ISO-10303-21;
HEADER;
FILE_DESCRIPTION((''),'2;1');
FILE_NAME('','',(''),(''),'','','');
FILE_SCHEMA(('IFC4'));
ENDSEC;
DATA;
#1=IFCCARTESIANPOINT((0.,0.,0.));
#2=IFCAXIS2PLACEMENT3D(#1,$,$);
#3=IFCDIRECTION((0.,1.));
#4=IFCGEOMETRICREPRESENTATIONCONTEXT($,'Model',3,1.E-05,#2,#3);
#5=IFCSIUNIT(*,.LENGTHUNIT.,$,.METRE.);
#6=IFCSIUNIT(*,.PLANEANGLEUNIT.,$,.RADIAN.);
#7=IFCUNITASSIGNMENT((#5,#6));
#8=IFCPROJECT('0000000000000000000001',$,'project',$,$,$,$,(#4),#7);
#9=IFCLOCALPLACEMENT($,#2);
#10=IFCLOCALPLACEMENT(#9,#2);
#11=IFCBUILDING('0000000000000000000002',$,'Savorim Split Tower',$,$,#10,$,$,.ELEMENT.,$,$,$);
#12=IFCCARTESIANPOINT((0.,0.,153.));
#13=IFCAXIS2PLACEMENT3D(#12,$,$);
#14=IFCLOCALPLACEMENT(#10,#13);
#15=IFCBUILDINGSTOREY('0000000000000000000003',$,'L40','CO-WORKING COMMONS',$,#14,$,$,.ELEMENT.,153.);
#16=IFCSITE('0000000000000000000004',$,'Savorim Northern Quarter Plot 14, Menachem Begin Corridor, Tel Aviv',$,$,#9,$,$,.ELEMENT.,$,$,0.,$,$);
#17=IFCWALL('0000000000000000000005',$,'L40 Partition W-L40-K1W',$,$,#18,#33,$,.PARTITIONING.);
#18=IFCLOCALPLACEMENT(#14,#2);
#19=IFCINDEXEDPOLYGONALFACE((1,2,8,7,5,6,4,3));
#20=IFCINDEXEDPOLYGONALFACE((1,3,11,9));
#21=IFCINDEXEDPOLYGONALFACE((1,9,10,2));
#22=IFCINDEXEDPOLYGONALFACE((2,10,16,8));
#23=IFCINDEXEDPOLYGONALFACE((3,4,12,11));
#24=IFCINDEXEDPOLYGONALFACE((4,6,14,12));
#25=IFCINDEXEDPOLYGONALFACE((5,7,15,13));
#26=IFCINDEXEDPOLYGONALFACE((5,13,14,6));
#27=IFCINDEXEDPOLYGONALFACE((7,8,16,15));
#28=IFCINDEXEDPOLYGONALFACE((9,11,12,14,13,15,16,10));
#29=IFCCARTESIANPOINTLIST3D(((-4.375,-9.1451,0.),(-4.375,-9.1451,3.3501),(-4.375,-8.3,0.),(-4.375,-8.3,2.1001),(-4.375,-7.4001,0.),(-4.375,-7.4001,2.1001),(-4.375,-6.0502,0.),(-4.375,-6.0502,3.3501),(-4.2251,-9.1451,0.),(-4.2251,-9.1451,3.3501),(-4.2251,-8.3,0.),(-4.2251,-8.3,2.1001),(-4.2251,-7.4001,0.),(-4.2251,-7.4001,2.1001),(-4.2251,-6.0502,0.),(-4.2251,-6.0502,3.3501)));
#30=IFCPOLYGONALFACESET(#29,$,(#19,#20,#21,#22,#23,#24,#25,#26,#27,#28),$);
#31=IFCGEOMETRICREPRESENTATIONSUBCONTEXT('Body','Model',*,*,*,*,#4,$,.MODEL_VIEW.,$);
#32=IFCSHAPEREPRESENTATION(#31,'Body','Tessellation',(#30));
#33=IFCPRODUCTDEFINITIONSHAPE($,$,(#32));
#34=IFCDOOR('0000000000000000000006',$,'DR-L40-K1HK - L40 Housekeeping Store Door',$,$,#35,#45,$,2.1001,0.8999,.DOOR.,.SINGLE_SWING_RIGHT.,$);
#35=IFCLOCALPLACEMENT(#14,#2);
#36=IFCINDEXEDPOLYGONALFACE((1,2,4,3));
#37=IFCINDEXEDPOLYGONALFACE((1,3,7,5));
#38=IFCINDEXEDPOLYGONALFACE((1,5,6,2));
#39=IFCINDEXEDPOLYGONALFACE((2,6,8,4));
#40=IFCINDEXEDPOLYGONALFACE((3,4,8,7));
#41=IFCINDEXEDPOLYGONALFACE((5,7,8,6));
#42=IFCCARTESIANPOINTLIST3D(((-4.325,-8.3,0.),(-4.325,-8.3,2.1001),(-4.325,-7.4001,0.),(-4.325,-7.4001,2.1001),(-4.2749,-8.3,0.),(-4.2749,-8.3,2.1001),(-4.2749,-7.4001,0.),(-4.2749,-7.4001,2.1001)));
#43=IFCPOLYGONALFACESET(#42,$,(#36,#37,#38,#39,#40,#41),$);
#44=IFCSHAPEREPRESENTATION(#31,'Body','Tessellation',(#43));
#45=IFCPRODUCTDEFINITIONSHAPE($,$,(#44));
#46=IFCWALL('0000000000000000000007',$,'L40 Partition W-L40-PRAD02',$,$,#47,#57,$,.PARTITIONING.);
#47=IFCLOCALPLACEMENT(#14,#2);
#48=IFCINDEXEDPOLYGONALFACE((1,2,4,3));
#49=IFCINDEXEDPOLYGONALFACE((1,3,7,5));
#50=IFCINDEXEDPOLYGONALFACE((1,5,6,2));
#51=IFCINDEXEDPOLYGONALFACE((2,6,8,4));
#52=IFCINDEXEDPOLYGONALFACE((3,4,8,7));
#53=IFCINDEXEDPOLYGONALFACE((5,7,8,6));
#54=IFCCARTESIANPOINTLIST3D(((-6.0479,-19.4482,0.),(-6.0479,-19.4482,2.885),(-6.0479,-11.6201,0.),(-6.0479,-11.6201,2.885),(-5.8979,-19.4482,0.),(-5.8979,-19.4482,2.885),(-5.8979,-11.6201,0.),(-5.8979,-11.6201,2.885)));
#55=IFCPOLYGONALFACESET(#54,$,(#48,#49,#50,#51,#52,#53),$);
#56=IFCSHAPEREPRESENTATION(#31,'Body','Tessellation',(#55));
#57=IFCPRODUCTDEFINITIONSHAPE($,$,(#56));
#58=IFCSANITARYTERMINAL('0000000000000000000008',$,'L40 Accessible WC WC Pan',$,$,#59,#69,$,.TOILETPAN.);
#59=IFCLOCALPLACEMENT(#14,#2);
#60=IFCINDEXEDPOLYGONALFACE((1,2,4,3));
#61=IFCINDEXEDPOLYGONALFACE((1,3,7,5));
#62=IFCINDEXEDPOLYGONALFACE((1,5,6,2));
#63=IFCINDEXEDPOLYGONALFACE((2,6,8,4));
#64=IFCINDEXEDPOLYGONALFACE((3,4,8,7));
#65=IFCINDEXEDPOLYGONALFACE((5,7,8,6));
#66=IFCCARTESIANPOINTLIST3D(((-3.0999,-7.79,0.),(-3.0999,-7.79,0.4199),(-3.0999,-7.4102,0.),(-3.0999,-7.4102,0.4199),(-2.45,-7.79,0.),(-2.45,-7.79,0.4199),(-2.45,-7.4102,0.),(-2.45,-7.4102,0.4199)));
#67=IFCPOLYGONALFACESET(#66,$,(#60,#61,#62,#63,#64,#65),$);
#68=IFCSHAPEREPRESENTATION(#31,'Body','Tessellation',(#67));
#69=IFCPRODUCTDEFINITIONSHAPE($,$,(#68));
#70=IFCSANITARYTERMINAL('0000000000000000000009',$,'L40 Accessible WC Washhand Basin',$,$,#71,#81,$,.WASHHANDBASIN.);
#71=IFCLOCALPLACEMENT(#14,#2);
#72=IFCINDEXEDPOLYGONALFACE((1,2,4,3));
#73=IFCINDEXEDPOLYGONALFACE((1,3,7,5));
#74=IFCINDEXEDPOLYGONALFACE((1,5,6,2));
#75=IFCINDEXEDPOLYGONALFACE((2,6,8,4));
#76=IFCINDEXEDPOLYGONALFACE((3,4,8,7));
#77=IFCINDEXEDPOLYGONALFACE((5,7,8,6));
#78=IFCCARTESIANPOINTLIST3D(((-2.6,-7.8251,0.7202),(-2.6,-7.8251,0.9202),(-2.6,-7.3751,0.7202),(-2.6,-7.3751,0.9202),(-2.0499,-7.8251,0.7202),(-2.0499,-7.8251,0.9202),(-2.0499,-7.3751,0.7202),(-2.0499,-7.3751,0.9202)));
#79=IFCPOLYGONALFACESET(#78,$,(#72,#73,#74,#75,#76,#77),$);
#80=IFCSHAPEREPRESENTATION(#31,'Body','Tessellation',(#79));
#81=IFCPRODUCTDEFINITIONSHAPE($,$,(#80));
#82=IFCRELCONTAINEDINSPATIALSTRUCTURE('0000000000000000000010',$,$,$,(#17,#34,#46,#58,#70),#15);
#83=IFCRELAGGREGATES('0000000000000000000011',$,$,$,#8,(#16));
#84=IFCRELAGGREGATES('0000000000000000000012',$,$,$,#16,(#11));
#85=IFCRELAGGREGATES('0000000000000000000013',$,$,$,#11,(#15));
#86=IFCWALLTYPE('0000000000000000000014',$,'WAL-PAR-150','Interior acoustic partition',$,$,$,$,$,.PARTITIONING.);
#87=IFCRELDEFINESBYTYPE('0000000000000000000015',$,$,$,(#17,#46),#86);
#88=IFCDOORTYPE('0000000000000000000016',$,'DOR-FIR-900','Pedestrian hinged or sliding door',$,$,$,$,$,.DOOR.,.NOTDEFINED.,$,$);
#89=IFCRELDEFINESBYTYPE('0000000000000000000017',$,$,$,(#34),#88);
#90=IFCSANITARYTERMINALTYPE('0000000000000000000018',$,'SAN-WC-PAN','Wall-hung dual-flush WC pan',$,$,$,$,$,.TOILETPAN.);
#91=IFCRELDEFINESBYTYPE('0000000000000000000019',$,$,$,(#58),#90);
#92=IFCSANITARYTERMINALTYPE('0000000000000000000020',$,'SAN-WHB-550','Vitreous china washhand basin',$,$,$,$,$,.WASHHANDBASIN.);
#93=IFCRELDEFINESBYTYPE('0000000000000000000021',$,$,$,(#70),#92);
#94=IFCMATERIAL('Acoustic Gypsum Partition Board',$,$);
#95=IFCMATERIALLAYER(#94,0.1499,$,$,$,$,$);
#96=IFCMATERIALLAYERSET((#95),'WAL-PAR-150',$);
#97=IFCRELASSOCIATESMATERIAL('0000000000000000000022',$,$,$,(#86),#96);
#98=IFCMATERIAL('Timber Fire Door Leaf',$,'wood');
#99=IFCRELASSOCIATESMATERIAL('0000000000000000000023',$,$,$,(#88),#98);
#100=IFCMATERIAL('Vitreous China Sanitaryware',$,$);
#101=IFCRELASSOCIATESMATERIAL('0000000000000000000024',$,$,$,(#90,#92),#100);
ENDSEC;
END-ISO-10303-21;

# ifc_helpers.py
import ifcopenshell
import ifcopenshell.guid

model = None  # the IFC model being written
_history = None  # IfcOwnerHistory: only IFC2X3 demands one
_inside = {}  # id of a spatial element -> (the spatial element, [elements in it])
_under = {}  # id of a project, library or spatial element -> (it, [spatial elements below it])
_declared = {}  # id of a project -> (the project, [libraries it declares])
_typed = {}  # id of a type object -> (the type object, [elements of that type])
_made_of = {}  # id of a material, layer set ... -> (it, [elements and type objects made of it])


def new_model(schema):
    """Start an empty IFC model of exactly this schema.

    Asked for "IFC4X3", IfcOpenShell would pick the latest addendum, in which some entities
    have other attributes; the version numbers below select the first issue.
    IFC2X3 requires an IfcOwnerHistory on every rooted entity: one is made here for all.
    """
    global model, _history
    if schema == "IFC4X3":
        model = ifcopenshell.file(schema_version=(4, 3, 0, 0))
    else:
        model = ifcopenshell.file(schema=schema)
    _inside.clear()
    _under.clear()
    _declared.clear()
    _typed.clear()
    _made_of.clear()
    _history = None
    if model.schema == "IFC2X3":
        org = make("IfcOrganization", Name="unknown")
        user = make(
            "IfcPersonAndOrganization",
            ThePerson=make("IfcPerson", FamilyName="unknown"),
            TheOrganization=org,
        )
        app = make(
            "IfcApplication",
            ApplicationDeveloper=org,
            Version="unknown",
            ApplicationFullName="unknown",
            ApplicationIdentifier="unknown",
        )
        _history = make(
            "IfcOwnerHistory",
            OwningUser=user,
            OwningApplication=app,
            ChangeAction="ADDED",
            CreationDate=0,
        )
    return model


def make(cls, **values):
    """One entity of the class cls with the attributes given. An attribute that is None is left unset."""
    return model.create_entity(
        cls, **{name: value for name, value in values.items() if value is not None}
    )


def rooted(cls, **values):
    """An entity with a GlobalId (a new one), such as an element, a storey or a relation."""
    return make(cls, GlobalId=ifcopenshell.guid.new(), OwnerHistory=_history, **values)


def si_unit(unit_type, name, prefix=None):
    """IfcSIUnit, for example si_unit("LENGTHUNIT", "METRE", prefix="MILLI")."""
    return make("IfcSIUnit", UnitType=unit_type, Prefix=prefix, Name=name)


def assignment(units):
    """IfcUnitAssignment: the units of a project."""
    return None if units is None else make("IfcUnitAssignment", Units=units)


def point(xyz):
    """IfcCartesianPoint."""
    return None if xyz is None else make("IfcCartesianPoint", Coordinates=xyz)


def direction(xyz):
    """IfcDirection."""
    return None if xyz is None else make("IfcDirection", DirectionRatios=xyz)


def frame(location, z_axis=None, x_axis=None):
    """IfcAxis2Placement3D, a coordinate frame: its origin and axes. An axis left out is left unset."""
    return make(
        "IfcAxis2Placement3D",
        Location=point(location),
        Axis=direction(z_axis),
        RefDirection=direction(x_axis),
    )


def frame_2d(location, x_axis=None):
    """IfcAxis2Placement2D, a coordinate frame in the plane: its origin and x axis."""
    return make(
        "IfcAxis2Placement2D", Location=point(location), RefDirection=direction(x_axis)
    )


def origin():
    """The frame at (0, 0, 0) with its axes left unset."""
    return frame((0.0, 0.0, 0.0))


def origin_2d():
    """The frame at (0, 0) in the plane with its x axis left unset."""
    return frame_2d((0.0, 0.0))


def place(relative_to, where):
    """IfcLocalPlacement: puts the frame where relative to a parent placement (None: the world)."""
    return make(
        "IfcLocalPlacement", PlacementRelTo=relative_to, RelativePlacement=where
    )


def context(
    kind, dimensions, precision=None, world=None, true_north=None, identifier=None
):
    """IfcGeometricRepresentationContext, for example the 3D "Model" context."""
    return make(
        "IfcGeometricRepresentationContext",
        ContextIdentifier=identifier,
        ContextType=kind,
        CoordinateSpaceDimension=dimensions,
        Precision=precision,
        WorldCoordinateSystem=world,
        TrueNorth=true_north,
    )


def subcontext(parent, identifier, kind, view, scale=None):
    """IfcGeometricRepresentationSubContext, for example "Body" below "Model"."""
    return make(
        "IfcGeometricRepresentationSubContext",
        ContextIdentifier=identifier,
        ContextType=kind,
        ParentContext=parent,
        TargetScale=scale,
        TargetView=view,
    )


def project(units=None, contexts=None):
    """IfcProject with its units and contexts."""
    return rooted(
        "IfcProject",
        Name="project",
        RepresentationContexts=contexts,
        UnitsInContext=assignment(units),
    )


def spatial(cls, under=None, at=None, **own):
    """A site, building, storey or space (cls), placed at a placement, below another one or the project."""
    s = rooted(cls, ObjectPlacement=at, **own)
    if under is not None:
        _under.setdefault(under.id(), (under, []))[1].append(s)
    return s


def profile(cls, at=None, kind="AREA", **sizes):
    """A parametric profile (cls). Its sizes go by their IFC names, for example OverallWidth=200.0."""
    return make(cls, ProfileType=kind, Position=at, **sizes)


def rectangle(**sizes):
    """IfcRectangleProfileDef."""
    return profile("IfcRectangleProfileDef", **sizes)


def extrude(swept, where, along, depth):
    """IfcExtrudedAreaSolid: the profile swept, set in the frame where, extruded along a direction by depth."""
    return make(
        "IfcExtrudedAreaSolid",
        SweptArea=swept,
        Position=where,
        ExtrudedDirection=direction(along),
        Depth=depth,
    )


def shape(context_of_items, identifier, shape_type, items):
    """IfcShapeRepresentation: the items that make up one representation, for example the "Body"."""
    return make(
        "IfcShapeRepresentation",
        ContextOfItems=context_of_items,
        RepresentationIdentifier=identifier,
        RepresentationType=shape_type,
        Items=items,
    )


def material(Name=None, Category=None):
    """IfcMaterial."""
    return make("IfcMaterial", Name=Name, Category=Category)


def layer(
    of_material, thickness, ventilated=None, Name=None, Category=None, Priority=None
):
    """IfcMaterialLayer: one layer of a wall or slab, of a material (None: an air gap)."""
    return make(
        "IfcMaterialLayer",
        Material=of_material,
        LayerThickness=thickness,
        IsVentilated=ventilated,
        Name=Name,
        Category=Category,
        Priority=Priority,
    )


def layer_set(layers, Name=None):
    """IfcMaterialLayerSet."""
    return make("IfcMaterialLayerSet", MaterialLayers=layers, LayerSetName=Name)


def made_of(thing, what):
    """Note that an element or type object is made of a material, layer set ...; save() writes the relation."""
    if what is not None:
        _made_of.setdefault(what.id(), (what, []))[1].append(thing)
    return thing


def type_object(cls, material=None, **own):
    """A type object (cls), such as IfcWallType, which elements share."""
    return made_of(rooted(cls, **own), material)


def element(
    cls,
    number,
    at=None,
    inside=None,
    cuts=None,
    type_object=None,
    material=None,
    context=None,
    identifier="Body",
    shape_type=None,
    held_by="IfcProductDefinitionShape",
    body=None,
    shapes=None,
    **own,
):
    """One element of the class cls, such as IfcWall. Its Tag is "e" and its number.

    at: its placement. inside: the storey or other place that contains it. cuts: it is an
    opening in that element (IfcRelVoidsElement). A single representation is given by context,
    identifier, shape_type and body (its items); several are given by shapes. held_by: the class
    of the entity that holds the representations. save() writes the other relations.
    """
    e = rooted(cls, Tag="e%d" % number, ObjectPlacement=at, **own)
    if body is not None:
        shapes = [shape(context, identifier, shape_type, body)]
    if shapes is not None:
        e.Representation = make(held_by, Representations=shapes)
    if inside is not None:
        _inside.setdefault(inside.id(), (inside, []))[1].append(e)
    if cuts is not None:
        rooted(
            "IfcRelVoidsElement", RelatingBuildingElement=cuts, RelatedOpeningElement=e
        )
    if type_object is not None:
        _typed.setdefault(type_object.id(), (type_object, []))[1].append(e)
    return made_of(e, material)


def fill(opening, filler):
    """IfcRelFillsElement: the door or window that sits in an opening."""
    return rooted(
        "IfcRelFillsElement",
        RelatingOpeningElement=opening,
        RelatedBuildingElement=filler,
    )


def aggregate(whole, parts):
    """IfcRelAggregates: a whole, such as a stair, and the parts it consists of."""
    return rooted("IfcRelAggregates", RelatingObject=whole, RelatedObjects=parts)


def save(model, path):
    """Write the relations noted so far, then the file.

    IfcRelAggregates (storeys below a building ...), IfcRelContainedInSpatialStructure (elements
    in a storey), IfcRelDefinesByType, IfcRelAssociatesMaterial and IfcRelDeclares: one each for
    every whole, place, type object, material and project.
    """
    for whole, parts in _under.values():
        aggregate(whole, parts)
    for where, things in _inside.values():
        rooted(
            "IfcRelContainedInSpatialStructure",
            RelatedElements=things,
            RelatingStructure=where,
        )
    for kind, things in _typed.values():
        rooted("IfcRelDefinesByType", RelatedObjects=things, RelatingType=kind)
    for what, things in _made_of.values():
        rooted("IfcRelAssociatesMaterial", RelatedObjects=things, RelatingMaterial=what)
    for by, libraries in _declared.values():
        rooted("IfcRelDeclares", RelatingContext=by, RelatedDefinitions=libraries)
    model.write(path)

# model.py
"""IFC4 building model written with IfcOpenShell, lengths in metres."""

from ifc_helpers import new_model, si_unit, direction, frame, frame_2d, origin, origin_2d, place, context, subcontext, project, spatial, rectangle, extrude, material, layer, layer_set, type_object, element, fill, save


model = new_model("IFC4")

# Units and contexts
model_context = context("Model", 3, precision=1e-05, world=origin(), true_north=direction((0.0, 1.0)))
body_context = subcontext(model_context, "Body", "Model", "MODEL_VIEW")
ifc_project = project(units=[si_unit("LENGTHUNIT", "METRE"), si_unit("PLANEANGLEUNIT", "RADIAN")], contexts=[model_context])

# Site, building, storey
site_placement = place(None, origin())
site = spatial("IfcSite", under=ifc_project, at=site_placement, Name="Savorim Northern Quarter Plot 14, Menachem Begin Corridor, Tel Aviv", CompositionType="ELEMENT", RefElevation=0.0)
building_placement = place(site_placement, origin())
building = spatial("IfcBuilding", under=site, at=building_placement, Name="Savorim Split Tower", CompositionType="ELEMENT")
storey_placement = place(building_placement, frame((0.0, 0.0, 153.0)))
storey = spatial("IfcBuildingStorey", under=building, at=storey_placement, Name="L40", Description="CO-WORKING COMMONS", CompositionType="ELEMENT", Elevation=153.0)

# Wall, opening, door
ifc_material_1 = material(Name="Acoustic Gypsum Partition Board")
ifc_layer_1 = layer(ifc_material_1, 0.1499)
ifc_layer_set_1 = layer_set([ifc_layer_1], Name="WAL-PAR-150")
wall_type_1 = type_object("IfcWallType", Name="WAL-PAR-150", Description="Interior acoustic partition", PredefinedType="PARTITIONING", material=ifc_layer_set_1)
wall_1_placement = place(storey_placement, frame((-4.3, -9.145, 0.0), z_axis=(0.0, 0.0, 1.0), x_axis=(0.0, 1.0, 0.0)))
wall_1 = element("IfcWall", 1, at=wall_1_placement, inside=storey, type_object=wall_type_1, Name="L40 Partition W-L40-K1W", PredefinedType="PARTITIONING", context=body_context, shape_type="SweptSolid", body=[
    extrude(rectangle(XDim=3.095, YDim=0.1499, at=frame_2d((1.5474, 0.0))), origin(), (0.0, 0.0, 1.0), 3.3501),
])
opening_1_placement = place(wall_1_placement, frame((0.845, 0.0, 0.0)))
opening_1 = element("IfcOpeningElement", 2, at=opening_1_placement, cuts=wall_1, PredefinedType="OPENING", context=body_context, shape_type="SweptSolid", body=[
    extrude(rectangle(XDim=0.8999, YDim=2.1001, at=frame_2d((0.45, 1.05))), frame((0.0, 0.085, 0.0), z_axis=(0.0, -1.0, 0.0), x_axis=(1.0, 0.0, 0.0)), (0.0, 0.0, 1.0), 0.1699),
])
ifc_material_2 = material(Name="Timber Fire Door Leaf", Category="wood")
door_type_1 = type_object("IfcDoorType", Name="DOR-FIR-900", Description="Pedestrian hinged or sliding door", OperationType="NOTDEFINED", PredefinedType="DOOR", material=ifc_material_2)
door_1_placement = place(opening_1_placement, origin())
door_1 = element("IfcDoor", 3, at=door_1_placement, inside=storey, type_object=door_type_1, Name="DR-L40-K1HK - L40 Housekeeping Store Door", OperationType="SINGLE_SWING_RIGHT", OverallHeight=2.1001, OverallWidth=0.8999, PredefinedType="DOOR", context=body_context, shape_type="SweptSolid", body=[
    extrude(rectangle(XDim=0.8999, YDim=2.1001, at=frame_2d((0.45, 1.05))), frame((0.0, 0.0249, 0.0), z_axis=(0.0, -1.0, 0.0), x_axis=(1.0, 0.0, 0.0)), (0.0, 0.0, 1.0), 0.05),
])
fill(opening_1, door_1)

# Wall
wall_2_placement = place(storey_placement, frame((-5.9729, -11.6201, 0.0), z_axis=(0.0, 0.0, 1.0), x_axis=(0.0, -1.0, 0.0)))
element("IfcWall", 4, at=wall_2_placement, inside=storey, type_object=wall_type_1, Name="L40 Partition W-L40-PRAD02", PredefinedType="PARTITIONING", context=body_context, shape_type="SweptSolid", body=[
    extrude(rectangle(XDim=7.8281, YDim=0.1499, at=frame_2d((3.9141, 0.0))), origin(), (0.0, 0.0, 1.0), 2.885),
])

# Sanitary terminals
ifc_material_3 = material(Name="Vitreous China Sanitaryware")
sanitary_terminal_type_1 = type_object("IfcSanitaryTerminalType", Name="SAN-WC-PAN", Description="Wall-hung dual-flush WC pan", PredefinedType="TOILETPAN", material=ifc_material_3)
sanitary_terminal_1_placement = place(storey_placement, frame((-2.7749, -7.6001, 0.0), z_axis=(0.0, 0.0, 1.0), x_axis=(1.0, 0.0, 0.0)))
element("IfcSanitaryTerminal", 5, at=sanitary_terminal_1_placement, inside=storey, type_object=sanitary_terminal_type_1, Name="L40 Accessible WC WC Pan", PredefinedType="TOILETPAN", context=body_context, shape_type="SweptSolid", body=[
    extrude(rectangle(XDim=0.6499, YDim=0.3799, at=origin_2d()), origin(), (0.0, 0.0, 1.0), 0.4199),
])
sanitary_terminal_type_2 = type_object("IfcSanitaryTerminalType", Name="SAN-WHB-550", Description="Vitreous china washhand basin", PredefinedType="WASHHANDBASIN", material=ifc_material_3)
sanitary_terminal_2_placement = place(storey_placement, frame((-2.325, -7.6001, 0.7202), z_axis=(0.0, 0.0, 1.0), x_axis=(1.0, 0.0, 0.0)))
element("IfcSanitaryTerminal", 6, at=sanitary_terminal_2_placement, inside=storey, type_object=sanitary_terminal_type_2, Name="L40 Accessible WC Washhand Basin", PredefinedType="WASHHANDBASIN", context=body_context, shape_type="SweptSolid", body=[
    extrude(rectangle(XDim=0.55, YDim=0.45, at=origin_2d()), origin(), (0.0, 0.0, 1.0), 0.2),
])

save(model, "model.ifc")
